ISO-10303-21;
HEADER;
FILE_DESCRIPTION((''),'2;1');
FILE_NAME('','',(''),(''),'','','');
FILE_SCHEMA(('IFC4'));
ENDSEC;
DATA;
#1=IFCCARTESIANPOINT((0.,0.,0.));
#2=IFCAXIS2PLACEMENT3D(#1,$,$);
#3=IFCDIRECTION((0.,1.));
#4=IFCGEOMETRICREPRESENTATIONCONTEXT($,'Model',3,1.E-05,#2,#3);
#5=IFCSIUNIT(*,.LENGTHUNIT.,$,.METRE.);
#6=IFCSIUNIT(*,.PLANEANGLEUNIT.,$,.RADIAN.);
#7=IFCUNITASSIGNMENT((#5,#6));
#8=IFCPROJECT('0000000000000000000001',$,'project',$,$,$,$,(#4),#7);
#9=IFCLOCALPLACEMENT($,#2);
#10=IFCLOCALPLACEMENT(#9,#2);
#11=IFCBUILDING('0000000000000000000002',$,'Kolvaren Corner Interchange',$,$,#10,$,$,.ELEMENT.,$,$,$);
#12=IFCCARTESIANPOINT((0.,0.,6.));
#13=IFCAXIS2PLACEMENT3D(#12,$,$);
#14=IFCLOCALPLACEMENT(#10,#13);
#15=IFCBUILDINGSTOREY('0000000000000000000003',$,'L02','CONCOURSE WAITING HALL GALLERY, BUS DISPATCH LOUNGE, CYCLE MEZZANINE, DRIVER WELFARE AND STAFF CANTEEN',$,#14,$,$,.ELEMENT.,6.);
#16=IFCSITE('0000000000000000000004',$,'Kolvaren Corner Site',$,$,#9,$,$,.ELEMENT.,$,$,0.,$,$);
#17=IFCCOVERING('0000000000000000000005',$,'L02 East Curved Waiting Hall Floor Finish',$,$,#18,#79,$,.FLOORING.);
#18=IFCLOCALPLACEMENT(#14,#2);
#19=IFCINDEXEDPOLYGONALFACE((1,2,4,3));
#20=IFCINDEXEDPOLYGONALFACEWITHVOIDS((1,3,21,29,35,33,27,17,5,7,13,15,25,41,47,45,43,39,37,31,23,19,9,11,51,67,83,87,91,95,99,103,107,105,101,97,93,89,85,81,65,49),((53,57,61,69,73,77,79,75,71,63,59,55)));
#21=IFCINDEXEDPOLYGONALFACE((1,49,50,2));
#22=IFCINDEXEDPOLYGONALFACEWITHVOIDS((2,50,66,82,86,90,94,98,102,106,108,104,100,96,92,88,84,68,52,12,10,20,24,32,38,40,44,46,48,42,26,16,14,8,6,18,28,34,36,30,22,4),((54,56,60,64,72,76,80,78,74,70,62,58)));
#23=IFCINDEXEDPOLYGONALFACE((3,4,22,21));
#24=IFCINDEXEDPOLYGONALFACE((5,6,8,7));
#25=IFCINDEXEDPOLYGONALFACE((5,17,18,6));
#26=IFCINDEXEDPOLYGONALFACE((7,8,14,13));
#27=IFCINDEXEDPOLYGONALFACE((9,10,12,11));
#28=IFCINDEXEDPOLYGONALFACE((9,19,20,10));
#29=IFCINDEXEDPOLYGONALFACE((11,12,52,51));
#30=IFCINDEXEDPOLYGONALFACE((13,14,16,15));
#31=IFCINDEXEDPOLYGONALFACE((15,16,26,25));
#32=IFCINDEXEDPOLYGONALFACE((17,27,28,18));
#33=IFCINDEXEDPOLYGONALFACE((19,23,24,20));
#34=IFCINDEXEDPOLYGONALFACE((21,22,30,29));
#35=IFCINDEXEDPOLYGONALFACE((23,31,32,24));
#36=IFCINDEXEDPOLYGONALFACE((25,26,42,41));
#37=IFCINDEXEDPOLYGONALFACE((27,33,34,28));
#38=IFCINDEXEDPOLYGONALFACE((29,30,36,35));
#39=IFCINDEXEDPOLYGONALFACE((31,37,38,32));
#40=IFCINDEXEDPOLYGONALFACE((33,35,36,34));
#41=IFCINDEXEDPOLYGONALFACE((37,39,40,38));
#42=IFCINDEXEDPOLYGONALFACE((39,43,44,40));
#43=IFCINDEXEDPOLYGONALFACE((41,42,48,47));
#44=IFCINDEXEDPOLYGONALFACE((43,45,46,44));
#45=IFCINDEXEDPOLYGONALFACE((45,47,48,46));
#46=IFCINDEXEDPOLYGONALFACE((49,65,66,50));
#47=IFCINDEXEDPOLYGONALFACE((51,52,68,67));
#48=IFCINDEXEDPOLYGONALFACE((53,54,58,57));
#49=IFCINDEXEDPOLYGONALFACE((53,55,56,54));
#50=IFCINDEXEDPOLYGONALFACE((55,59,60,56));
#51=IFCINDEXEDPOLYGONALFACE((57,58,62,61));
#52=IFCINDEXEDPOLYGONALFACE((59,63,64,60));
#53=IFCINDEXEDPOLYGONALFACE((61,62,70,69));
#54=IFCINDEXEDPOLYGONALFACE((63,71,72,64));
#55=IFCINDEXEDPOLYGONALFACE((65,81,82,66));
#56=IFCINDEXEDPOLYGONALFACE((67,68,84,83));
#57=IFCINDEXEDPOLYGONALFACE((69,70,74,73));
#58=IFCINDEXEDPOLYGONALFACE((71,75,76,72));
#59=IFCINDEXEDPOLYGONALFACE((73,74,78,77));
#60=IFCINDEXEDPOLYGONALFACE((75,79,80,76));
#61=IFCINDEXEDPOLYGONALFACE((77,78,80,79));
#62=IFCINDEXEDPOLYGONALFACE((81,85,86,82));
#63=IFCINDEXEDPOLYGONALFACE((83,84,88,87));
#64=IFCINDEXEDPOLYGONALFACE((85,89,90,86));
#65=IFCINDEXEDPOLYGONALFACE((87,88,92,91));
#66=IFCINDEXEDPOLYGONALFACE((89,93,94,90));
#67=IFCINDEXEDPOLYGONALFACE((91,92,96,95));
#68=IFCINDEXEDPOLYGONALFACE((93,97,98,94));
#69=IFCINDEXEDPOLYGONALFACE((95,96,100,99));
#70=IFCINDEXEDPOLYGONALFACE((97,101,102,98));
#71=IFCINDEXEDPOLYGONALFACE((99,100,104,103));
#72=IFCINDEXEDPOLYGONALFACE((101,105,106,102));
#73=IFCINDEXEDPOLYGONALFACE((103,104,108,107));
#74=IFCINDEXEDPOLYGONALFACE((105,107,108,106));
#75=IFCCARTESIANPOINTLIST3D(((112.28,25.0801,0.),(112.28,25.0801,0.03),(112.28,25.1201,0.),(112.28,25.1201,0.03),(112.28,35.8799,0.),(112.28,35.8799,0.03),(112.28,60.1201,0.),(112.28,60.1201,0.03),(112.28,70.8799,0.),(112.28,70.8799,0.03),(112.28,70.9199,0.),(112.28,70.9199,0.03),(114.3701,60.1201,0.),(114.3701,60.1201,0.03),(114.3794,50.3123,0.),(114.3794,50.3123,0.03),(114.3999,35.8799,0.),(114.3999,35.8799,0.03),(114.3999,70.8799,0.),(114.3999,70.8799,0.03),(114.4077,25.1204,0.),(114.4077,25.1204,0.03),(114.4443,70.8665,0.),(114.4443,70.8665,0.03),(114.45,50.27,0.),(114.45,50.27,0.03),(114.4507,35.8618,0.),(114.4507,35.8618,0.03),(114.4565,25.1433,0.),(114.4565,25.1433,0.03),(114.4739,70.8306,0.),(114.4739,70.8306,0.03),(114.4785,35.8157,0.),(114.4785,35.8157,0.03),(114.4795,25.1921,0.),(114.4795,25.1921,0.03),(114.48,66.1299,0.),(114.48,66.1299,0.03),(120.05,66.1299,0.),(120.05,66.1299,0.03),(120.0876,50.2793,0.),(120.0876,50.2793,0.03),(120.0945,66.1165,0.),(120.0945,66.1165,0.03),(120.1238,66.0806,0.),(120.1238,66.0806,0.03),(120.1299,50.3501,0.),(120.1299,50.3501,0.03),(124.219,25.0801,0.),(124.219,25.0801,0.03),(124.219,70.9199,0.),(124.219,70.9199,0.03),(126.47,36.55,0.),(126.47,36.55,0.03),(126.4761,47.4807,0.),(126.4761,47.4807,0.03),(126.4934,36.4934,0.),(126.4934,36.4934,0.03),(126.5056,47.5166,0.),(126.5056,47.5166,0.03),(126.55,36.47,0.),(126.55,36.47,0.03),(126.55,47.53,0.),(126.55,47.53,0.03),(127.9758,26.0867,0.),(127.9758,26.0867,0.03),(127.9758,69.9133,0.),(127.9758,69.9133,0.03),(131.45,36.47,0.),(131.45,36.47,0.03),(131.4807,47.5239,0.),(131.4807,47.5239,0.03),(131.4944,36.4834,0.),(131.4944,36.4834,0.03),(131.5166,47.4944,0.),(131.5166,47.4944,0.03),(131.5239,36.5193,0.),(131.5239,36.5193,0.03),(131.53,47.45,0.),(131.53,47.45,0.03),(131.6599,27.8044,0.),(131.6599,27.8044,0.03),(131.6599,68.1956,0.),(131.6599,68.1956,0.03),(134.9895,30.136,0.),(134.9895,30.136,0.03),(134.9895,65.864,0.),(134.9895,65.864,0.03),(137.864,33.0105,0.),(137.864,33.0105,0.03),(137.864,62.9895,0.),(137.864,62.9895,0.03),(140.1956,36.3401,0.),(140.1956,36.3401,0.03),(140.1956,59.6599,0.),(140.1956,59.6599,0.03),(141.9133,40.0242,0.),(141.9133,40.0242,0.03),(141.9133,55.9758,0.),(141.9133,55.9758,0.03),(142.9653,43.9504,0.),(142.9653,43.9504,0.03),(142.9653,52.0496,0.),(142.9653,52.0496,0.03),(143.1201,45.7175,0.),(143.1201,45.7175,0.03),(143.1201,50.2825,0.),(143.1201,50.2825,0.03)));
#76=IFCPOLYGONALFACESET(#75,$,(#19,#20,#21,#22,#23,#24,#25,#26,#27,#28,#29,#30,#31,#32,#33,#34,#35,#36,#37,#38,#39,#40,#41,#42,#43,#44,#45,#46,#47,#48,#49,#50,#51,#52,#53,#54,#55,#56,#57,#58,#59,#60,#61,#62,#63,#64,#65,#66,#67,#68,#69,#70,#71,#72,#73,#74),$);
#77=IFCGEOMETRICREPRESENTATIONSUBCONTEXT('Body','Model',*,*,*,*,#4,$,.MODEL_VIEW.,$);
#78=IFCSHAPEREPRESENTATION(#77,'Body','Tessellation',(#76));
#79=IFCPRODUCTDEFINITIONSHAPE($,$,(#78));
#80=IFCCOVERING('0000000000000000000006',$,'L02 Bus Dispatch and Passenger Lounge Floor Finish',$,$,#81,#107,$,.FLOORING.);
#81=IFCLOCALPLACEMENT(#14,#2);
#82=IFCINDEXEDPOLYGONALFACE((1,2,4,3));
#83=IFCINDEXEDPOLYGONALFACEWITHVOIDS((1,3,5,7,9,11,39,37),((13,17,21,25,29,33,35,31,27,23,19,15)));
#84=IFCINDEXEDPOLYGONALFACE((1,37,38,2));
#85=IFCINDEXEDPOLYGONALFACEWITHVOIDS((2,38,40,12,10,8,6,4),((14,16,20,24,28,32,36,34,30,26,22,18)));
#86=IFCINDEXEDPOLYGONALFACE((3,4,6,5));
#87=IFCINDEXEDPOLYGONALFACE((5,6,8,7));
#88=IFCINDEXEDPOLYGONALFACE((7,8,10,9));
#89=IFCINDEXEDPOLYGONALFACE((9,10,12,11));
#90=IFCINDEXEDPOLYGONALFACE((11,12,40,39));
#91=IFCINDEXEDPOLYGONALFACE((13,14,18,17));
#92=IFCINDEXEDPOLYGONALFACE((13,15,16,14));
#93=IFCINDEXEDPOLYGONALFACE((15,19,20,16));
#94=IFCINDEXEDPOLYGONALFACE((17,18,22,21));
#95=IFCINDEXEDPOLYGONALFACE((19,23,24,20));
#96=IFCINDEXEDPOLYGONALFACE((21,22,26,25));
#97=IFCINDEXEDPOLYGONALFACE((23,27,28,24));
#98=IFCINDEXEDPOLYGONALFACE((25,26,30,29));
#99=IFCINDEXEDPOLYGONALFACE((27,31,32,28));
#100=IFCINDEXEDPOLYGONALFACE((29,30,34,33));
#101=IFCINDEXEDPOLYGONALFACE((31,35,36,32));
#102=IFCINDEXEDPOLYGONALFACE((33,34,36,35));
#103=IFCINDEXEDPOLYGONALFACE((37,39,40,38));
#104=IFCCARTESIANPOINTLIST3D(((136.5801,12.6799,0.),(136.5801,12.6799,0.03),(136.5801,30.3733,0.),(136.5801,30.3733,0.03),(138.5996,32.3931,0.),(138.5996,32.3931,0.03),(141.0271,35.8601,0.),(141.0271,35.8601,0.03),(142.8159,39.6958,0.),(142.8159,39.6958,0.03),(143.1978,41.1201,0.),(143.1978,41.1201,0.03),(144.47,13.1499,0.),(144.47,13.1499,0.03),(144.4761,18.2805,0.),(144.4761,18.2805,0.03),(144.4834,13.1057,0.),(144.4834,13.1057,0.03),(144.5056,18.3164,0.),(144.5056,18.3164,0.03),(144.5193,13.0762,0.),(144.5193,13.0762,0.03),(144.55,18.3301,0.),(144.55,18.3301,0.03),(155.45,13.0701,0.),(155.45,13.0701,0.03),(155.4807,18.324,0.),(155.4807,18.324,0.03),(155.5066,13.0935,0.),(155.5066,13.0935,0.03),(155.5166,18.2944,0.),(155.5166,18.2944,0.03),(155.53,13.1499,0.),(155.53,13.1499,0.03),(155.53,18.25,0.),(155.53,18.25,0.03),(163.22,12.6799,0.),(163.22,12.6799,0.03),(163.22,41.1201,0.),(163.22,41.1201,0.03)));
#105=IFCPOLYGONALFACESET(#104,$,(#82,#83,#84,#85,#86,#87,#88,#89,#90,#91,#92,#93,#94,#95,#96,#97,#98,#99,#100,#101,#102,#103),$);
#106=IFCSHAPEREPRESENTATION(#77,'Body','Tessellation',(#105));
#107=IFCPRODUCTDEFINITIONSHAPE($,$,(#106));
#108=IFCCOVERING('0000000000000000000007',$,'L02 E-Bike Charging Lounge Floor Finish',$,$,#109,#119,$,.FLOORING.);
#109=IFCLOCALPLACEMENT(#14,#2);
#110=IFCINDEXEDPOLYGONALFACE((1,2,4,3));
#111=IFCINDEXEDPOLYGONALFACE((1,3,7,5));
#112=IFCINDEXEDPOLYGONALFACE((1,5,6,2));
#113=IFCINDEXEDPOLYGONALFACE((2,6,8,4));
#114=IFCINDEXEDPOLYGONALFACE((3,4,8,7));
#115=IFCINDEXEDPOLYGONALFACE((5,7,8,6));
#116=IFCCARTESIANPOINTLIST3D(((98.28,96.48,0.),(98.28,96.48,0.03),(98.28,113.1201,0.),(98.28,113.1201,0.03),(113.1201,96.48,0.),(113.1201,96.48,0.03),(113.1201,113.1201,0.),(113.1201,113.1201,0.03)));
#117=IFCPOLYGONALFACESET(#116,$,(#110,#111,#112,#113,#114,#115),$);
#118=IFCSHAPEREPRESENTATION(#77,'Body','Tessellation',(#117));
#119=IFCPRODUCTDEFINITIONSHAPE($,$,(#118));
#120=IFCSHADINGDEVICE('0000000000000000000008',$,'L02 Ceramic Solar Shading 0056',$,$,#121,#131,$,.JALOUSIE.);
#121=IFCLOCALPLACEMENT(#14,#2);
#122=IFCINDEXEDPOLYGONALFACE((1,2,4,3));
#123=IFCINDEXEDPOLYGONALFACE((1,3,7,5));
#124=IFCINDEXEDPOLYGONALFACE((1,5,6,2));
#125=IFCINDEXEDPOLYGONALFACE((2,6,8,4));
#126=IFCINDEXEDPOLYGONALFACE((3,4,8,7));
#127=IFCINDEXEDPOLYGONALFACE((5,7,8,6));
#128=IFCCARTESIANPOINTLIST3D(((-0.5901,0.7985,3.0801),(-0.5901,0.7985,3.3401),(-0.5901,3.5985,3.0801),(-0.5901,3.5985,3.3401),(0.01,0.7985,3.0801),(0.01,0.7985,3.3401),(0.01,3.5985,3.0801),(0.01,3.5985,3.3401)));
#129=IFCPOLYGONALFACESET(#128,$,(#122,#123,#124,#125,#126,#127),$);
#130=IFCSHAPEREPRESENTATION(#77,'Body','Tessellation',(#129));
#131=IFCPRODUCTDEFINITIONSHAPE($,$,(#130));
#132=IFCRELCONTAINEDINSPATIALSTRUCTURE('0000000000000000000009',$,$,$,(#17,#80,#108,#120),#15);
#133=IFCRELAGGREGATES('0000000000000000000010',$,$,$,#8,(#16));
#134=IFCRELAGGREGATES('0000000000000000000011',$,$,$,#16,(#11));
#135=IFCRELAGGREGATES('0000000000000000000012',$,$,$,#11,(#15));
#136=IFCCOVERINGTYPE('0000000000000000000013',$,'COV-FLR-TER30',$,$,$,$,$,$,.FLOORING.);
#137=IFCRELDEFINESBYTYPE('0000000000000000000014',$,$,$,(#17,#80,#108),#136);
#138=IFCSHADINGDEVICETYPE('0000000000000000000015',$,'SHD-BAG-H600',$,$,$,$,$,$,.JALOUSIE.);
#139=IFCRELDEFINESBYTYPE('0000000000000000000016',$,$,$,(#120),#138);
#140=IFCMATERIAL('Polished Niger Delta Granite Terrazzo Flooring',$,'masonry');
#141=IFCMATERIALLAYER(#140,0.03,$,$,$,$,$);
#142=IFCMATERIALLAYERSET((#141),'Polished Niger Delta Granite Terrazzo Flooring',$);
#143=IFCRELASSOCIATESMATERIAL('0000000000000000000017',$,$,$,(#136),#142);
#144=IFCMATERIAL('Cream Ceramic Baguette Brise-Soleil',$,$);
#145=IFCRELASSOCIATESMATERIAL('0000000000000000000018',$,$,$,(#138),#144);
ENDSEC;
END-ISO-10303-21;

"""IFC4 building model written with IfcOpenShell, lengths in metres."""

from ifc_helpers import new_model, si_unit, direction, frame, origin, origin_2d, place, context, subcontext, project, spatial, polyline, rectangle, outline, extrude, material, layer, layer_set, type_object, element, save


model = new_model("IFC4")

# Units and contexts
model_context = context("Model", 3, precision=1e-05, world=origin(), true_north=direction((0.0, 1.0)))
body_context = subcontext(model_context, "Body", "Model", "MODEL_VIEW")
ifc_project = project(units=[si_unit("LENGTHUNIT", "METRE"), si_unit("PLANEANGLEUNIT", "RADIAN")], contexts=[model_context])

# Site, building, storey
site_placement = place(None, origin())
site = spatial("IfcSite", under=ifc_project, at=site_placement, Name="Kolvaren Corner Site", CompositionType="ELEMENT", RefElevation=0.0)
building_placement = place(site_placement, origin())
building = spatial("IfcBuilding", under=site, at=building_placement, Name="Kolvaren Corner Interchange", CompositionType="ELEMENT")
storey_placement = place(building_placement, frame((0.0, 0.0, 6.0)))
storey = spatial("IfcBuildingStorey", under=building, at=storey_placement, Name="L02", Description="CONCOURSE WAITING HALL GALLERY, BUS DISPATCH LOUNGE, CYCLE MEZZANINE, DRIVER WELFARE AND STAFF CANTEEN", CompositionType="ELEMENT", Elevation=6.0)

# Coverings
ifc_material_1 = material(Name="Polished Niger Delta Granite Terrazzo Flooring", Category="masonry")
ifc_layer_1 = layer(ifc_material_1, 0.03)
ifc_layer_set_1 = layer_set([ifc_layer_1], Name="Polished Niger Delta Granite Terrazzo Flooring")
covering_type_1 = type_object("IfcCoveringType", Name="COV-FLR-TER30", PredefinedType="FLOORING", material=ifc_layer_set_1)
covering_1_placement = place(storey_placement, origin())
element("IfcCovering", 1, at=covering_1_placement, inside=storey, type_object=covering_type_1, Name="L02 East Curved Waiting Hall Floor Finish", PredefinedType="FLOORING", context=body_context, shape_type="SweptSolid", body=[
    extrude(outline(polyline([(114.3701, 60.1201), (112.28, 60.1201), (112.28, 35.8799), (114.3999, 35.8799), (114.4507, 35.8618), (114.4785, 35.8157), (114.4795, 25.1921), (114.4565, 25.1433), (114.4077, 25.1204), (112.28, 25.1201), (112.28, 25.0801), (124.219, 25.0801), (127.9758, 26.0867), (131.6599, 27.8044), (134.9895, 30.136), (137.864, 33.0105), (140.1956, 36.3401), (141.9133, 40.0242), (142.9653, 43.9504), (143.1201, 45.7175), (143.1201, 50.2825), (142.9653, 52.0496), (141.9133, 55.9758), (140.1956, 59.6599), (137.864, 62.9895), (134.9895, 65.864), (131.6599, 68.1956), (127.9758, 69.9133), (124.219, 70.9199), (112.28, 70.9199), (112.28, 70.8799), (114.3999, 70.8799), (114.4443, 70.8665), (114.4739, 70.8306), (114.48, 66.1299), (120.05, 66.1299), (120.0945, 66.1165), (120.1238, 66.0806), (120.1299, 50.3501), (120.0876, 50.2793), (114.45, 50.27), (114.3794, 50.3123), (114.3701, 60.1201)]), holes=[polyline([(126.4934, 36.4934), (126.47, 36.55), (126.4761, 47.4807), (126.5056, 47.5166), (126.55, 47.53), (131.4807, 47.5239), (131.5166, 47.4944), (131.53, 47.45), (131.5239, 36.5193), (131.4944, 36.4834), (131.45, 36.47), (126.55, 36.47), (126.4934, 36.4934)])]), origin(), (0.0, 0.0, 1.0), 0.03),
])
covering_2_placement = place(storey_placement, origin())
element("IfcCovering", 2, at=covering_2_placement, inside=storey, type_object=covering_type_1, Name="L02 Bus Dispatch and Passenger Lounge Floor Finish", PredefinedType="FLOORING", context=body_context, shape_type="SweptSolid", body=[
    extrude(outline(polyline([(163.22, 12.6799), (163.22, 41.1201), (143.1978, 41.1201), (142.8159, 39.6958), (141.0271, 35.8601), (138.5996, 32.3931), (136.5801, 30.3733), (136.5801, 12.6799), (163.22, 12.6799)]), holes=[polyline([(155.5066, 13.0935), (155.45, 13.0701), (144.5193, 13.0762), (144.4834, 13.1057), (144.47, 13.1499), (144.4761, 18.2805), (144.5056, 18.3164), (144.55, 18.3301), (155.4807, 18.324), (155.5166, 18.2944), (155.53, 18.25), (155.53, 13.1499), (155.5066, 13.0935)])]), origin(), (0.0, 0.0, 1.0), 0.03),
])
covering_3_placement = place(storey_placement, origin())
element("IfcCovering", 3, at=covering_3_placement, inside=storey, type_object=covering_type_1, Name="L02 E-Bike Charging Lounge Floor Finish", PredefinedType="FLOORING", context=body_context, shape_type="SweptSolid", body=[
    extrude(outline(polyline([(98.28, 96.48), (113.1201, 96.48), (113.1201, 113.1201), (98.28, 113.1201), (98.28, 96.48)])), origin(), (0.0, 0.0, 1.0), 0.03),
])

# Shading device
ifc_material_2 = material(Name="Cream Ceramic Baguette Brise-Soleil")
shading_device_type = type_object("IfcShadingDeviceType", Name="SHD-BAG-H600", PredefinedType="JALOUSIE", material=ifc_material_2)
shading_device_placement = place(storey_placement, frame((-0.29, 2.1985, 3.0801), z_axis=(0.0, 0.0, 1.0), x_axis=(0.0, -1.0, 0.0)))
element("IfcShadingDevice", 4, at=shading_device_placement, inside=storey, type_object=shading_device_type, Name="L02 Ceramic Solar Shading 0056", PredefinedType="JALOUSIE", context=body_context, shape_type="SweptSolid", body=[
    extrude(rectangle(XDim=2.8, YDim=0.6001, at=origin_2d()), origin(), (0.0, 0.0, 1.0), 0.26),
])

save(model, "model.ifc")
